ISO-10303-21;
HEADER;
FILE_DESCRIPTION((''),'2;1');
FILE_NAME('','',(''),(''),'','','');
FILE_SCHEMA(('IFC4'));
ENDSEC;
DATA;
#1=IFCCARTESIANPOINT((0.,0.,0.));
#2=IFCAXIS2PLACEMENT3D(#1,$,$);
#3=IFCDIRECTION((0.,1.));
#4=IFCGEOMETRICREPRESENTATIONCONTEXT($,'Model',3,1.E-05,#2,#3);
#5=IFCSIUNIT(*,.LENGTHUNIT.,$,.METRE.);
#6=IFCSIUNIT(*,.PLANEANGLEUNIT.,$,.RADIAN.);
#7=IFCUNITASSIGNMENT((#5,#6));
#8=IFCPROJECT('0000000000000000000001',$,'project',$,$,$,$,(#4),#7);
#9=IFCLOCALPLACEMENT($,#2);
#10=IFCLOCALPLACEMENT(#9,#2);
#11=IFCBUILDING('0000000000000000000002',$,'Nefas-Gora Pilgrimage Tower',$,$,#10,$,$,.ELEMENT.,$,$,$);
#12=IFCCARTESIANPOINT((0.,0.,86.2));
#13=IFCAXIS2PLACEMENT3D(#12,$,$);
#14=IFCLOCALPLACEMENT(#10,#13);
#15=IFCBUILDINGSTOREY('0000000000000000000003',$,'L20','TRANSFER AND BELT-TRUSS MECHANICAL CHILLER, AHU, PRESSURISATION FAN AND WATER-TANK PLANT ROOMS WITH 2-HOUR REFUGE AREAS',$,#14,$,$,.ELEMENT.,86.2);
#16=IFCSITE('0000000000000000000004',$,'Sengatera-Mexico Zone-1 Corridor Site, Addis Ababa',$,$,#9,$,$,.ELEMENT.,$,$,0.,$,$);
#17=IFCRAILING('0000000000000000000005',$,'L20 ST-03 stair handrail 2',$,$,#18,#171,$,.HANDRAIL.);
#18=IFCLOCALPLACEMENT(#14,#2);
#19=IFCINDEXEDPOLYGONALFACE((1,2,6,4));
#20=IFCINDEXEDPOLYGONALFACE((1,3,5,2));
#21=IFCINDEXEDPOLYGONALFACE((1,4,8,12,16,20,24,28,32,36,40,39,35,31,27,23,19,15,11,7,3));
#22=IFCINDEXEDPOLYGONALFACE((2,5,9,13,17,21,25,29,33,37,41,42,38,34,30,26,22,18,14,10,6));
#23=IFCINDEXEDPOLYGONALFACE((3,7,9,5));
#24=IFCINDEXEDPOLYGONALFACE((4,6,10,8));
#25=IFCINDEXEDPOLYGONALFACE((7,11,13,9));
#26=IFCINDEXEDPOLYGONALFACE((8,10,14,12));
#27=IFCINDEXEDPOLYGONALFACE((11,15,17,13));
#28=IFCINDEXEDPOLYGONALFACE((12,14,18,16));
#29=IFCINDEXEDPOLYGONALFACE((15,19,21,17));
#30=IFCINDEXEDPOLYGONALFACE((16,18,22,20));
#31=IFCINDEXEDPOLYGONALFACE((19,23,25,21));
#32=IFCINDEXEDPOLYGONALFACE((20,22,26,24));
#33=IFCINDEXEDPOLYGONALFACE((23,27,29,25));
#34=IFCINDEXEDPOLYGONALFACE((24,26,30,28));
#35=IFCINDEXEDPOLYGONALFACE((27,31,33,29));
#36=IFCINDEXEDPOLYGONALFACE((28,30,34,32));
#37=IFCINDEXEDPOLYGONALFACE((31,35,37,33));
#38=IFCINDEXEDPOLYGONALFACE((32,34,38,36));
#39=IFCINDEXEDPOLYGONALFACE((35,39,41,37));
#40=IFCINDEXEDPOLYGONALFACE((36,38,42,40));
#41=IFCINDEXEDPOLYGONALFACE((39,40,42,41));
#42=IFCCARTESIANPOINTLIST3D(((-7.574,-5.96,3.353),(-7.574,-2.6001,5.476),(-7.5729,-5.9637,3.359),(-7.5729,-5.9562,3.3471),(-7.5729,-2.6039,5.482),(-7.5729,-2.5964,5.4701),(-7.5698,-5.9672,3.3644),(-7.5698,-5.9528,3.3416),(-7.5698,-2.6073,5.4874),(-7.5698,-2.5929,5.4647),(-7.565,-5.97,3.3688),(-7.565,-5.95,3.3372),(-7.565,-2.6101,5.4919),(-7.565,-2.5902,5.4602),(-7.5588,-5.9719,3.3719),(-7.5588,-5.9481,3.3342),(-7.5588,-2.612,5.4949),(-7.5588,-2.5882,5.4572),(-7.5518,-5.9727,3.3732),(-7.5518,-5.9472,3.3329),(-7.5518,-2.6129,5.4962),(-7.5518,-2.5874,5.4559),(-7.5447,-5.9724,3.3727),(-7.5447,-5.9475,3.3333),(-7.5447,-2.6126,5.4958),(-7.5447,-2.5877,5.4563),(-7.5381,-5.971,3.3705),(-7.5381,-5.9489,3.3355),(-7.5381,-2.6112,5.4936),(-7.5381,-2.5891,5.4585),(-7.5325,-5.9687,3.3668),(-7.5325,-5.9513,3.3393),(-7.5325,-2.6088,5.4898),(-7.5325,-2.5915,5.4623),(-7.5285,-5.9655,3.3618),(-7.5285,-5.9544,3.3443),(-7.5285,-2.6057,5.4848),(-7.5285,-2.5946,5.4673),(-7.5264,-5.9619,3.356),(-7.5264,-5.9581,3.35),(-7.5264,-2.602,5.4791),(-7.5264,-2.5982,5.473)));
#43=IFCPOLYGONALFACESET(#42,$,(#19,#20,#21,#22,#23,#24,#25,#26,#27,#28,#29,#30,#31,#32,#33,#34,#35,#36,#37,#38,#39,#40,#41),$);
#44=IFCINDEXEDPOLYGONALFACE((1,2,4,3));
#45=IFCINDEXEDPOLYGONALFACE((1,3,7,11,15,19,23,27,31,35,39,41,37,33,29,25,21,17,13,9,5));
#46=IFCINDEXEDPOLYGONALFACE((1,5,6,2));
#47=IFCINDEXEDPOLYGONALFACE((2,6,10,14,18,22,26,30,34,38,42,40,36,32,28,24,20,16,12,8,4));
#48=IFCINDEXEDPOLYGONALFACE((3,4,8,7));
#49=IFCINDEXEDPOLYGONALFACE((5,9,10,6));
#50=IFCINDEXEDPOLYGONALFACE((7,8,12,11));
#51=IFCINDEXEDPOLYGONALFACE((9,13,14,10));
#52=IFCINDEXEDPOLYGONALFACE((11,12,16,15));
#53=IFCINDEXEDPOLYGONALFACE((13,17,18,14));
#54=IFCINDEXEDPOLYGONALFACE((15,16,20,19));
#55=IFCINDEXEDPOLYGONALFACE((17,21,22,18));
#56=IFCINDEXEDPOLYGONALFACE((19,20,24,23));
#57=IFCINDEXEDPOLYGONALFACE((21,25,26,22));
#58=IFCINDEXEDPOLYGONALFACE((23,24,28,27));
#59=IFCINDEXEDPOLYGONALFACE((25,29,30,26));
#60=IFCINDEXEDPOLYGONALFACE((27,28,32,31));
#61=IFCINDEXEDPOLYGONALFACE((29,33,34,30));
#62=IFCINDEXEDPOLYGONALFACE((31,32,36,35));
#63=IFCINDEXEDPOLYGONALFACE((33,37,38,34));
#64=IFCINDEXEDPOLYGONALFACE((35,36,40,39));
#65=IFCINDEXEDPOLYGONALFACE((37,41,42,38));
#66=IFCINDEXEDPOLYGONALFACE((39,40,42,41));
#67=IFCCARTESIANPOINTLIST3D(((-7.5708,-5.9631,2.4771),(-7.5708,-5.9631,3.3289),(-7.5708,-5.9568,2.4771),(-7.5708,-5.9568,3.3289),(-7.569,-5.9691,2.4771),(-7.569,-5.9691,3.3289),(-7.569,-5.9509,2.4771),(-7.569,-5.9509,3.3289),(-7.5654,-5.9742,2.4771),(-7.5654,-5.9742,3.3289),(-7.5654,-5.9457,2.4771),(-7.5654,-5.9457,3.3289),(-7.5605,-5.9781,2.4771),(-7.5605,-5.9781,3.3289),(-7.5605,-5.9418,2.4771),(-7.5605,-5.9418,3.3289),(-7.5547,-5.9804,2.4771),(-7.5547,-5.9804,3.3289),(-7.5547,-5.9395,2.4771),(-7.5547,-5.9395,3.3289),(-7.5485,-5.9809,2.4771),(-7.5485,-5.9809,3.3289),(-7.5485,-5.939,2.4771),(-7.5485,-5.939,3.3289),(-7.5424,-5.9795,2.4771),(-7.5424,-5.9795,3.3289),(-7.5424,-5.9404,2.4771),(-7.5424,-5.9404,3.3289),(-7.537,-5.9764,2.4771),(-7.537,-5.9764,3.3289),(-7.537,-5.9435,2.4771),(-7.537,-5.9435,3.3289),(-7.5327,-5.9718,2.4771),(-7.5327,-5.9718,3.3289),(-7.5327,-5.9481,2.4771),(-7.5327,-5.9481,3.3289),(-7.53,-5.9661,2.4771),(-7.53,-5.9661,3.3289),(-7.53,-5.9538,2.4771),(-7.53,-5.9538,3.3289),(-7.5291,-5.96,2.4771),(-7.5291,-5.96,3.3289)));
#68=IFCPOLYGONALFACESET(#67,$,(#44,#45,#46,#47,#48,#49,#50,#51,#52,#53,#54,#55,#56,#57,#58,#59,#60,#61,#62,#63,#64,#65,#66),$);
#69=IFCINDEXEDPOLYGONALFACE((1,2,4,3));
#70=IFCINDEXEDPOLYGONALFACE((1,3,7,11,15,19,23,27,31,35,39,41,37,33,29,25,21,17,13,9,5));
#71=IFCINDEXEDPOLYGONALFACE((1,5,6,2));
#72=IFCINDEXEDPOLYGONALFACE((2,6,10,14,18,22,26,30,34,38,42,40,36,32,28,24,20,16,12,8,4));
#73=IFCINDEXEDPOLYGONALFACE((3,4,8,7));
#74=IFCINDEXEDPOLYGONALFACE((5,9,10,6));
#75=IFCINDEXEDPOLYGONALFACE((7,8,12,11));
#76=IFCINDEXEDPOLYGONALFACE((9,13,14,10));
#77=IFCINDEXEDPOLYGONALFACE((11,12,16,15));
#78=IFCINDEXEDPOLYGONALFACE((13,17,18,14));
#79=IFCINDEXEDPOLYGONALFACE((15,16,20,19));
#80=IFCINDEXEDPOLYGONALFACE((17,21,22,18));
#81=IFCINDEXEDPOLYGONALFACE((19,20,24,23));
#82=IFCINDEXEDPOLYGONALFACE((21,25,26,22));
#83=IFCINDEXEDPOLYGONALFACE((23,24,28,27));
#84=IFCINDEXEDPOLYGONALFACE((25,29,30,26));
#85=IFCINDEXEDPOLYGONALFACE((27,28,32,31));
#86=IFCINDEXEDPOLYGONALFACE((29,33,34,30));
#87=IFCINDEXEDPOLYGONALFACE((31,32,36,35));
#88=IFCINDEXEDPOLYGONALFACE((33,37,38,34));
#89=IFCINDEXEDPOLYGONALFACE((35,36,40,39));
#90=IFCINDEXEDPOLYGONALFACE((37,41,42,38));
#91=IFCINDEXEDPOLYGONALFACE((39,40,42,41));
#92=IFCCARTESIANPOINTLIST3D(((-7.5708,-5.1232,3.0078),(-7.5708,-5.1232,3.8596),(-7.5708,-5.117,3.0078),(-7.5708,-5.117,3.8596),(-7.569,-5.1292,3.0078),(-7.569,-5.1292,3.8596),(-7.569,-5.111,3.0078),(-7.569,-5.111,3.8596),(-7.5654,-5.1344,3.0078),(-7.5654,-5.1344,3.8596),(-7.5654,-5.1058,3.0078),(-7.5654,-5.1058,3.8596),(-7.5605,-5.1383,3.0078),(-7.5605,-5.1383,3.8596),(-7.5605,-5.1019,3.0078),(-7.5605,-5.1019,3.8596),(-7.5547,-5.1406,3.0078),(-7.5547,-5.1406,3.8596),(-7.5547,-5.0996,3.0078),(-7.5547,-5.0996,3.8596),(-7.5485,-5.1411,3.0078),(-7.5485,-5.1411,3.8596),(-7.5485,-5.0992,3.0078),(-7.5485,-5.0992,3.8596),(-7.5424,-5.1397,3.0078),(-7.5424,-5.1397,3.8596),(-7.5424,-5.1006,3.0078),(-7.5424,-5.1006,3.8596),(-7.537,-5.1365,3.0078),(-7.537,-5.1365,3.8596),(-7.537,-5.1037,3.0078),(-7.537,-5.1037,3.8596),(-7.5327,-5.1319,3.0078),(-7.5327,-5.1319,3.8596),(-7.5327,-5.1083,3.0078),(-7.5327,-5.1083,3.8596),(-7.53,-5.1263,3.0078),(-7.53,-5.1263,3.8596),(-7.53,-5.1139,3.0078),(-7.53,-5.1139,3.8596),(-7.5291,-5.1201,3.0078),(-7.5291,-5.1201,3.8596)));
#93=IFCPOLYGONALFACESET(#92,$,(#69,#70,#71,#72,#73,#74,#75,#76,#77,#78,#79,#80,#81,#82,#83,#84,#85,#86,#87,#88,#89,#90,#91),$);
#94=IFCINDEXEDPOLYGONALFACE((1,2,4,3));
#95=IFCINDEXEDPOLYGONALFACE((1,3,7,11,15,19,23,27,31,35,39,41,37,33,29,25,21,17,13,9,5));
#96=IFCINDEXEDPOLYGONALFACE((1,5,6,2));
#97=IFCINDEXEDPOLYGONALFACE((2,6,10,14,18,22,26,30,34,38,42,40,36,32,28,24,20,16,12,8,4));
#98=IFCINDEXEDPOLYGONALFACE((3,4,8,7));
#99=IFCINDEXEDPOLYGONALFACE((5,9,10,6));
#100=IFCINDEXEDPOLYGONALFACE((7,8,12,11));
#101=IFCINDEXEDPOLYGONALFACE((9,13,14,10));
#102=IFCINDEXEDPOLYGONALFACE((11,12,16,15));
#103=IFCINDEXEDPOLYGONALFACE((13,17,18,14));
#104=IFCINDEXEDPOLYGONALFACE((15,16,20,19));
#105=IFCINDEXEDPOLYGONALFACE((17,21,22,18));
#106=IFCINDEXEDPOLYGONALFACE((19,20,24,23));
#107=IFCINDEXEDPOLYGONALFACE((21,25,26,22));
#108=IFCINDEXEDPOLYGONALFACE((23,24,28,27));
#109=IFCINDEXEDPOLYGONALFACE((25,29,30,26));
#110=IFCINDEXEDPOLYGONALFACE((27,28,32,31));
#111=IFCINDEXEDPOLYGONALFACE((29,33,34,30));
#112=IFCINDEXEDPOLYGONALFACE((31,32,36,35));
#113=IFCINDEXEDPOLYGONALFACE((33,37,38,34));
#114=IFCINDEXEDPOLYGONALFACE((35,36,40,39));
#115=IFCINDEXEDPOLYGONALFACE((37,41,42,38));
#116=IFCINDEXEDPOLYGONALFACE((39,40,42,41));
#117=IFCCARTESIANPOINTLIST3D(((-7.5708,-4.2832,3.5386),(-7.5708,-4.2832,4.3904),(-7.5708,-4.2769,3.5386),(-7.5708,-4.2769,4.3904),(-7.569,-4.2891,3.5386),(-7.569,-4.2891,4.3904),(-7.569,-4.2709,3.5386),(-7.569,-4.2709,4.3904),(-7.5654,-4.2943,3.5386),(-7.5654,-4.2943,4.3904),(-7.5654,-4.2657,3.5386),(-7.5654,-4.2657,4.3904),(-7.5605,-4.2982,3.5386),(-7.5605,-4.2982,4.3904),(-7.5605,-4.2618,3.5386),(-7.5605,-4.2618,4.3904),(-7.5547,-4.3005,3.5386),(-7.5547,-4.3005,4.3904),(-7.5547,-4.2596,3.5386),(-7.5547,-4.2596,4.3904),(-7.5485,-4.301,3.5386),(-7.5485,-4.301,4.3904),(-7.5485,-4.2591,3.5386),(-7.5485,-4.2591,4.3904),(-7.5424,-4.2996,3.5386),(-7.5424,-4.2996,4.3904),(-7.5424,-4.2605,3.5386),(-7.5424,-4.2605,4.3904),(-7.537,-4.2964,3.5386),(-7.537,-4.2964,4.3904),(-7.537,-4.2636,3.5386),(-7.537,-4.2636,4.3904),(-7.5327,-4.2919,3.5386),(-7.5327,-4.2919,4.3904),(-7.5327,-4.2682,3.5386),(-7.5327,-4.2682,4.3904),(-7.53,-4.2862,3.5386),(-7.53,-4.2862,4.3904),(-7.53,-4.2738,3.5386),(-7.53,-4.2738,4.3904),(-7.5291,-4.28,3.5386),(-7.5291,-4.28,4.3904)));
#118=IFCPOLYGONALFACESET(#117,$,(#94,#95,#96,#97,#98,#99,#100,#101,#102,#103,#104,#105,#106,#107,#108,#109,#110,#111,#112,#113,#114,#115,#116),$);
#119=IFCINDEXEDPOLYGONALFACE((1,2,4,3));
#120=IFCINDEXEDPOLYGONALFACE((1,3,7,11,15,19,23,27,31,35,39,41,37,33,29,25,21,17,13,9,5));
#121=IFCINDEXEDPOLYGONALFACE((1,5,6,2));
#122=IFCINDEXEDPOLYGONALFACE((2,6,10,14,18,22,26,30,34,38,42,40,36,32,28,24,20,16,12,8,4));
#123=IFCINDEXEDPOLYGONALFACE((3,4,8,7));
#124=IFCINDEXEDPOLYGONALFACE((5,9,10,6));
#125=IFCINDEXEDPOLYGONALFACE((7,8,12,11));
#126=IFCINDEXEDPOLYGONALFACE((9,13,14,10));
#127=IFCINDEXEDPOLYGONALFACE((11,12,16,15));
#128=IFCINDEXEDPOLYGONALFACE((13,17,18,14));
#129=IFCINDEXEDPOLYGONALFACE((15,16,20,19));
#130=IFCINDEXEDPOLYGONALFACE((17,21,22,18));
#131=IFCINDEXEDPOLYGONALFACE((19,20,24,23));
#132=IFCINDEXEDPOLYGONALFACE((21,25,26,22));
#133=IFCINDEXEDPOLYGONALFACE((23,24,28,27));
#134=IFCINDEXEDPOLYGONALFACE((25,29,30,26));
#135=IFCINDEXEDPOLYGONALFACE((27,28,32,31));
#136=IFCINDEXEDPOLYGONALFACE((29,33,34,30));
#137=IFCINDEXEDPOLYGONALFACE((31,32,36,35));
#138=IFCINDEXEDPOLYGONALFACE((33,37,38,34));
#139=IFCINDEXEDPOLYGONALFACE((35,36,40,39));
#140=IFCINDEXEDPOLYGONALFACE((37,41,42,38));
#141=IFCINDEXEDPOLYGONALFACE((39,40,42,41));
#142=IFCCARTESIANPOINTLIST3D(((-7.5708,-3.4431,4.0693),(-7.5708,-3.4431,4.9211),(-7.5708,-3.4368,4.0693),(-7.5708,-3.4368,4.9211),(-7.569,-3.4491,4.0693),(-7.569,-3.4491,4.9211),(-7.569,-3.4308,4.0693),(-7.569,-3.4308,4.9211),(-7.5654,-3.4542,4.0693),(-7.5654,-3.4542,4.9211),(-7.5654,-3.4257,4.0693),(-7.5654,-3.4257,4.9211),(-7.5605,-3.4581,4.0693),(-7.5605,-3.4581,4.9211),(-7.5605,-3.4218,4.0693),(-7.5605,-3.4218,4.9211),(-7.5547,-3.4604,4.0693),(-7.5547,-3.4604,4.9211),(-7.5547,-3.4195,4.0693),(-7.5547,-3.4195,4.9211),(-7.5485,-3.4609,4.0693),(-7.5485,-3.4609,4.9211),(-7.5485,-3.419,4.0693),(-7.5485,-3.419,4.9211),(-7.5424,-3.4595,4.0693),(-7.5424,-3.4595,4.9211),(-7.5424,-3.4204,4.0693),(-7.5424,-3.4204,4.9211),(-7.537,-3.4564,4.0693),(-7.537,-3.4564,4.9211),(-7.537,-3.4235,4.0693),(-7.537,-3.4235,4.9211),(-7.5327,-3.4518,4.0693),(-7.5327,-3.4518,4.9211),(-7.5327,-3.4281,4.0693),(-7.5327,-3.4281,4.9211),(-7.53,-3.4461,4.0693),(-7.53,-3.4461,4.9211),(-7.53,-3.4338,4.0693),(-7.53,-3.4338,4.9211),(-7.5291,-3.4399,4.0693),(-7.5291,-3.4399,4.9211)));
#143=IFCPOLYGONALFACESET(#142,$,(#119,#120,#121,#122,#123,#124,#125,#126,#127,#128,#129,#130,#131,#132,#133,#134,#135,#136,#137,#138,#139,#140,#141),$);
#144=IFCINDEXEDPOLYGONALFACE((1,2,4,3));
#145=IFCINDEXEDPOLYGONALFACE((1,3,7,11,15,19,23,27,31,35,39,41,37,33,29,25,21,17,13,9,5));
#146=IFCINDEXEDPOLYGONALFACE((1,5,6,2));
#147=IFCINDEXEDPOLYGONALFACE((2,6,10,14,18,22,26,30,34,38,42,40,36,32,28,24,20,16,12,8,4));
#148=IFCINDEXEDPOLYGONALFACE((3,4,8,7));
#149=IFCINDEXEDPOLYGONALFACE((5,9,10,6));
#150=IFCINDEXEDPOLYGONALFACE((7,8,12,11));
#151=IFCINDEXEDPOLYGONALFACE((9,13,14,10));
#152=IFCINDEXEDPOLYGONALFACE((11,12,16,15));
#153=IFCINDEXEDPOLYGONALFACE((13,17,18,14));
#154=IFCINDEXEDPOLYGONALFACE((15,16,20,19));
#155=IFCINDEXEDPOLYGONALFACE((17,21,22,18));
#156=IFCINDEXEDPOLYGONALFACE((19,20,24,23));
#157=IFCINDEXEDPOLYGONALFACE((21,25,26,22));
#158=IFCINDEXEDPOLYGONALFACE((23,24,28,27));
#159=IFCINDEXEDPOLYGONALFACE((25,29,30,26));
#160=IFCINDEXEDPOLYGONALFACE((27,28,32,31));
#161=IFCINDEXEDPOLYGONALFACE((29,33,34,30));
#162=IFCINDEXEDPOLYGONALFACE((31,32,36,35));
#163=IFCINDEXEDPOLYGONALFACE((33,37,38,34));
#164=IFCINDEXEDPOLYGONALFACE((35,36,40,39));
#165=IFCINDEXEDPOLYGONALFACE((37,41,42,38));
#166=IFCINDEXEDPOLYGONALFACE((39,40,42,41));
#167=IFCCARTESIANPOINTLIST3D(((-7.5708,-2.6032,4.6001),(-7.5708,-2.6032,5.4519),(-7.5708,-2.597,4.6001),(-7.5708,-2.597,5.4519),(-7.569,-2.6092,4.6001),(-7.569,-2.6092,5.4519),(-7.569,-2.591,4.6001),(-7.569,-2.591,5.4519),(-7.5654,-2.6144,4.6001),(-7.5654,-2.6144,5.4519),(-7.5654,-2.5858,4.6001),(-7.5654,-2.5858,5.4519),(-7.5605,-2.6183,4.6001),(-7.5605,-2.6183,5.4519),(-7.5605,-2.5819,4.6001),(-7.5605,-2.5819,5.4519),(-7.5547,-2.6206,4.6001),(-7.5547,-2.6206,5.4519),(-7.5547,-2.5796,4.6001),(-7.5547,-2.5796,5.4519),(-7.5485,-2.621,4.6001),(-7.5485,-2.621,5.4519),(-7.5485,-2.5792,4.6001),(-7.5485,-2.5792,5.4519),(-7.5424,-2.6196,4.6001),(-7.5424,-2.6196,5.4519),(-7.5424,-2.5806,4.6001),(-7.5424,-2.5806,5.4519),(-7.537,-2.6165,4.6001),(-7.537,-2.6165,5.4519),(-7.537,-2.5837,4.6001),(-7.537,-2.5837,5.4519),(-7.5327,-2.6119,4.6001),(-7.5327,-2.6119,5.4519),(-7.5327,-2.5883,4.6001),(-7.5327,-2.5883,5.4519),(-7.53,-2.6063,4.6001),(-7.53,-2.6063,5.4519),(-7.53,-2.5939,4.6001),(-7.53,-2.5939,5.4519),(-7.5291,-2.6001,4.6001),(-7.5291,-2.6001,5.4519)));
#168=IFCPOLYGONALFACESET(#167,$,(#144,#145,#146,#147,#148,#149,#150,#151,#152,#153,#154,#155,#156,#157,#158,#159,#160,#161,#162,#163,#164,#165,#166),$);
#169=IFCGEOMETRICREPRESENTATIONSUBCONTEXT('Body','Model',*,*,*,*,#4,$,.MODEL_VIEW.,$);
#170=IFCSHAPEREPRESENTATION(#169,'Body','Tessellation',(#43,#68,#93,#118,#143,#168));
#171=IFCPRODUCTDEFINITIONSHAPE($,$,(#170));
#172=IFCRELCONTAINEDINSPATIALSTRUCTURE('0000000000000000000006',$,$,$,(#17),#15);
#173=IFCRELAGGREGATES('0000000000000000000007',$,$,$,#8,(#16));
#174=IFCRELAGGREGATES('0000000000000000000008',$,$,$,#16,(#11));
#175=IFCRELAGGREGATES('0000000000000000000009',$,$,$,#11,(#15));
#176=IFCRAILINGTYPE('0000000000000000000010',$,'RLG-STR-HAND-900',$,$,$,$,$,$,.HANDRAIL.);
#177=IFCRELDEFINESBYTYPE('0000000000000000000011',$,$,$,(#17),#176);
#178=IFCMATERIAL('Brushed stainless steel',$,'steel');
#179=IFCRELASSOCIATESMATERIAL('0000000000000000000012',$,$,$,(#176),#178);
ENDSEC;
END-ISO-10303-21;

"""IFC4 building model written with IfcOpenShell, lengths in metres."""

from ifc_helpers import new_model, si_unit, direction, frame, origin, origin_2d, place, context, subcontext, project, spatial, circle, extrude, material, type_object, element, save


model = new_model("IFC4")

# Units and contexts
model_context = context("Model", 3, precision=1e-05, world=origin(), true_north=direction((0.0, 1.0)))
body_context = subcontext(model_context, "Body", "Model", "MODEL_VIEW")
ifc_project = project(units=[si_unit("LENGTHUNIT", "METRE"), si_unit("PLANEANGLEUNIT", "RADIAN")], contexts=[model_context])

# Site, building, storey
site_placement = place(None, origin())
site = spatial("IfcSite", under=ifc_project, at=site_placement, Name="Sengatera-Mexico Zone-1 Corridor Site, Addis Ababa", CompositionType="ELEMENT", RefElevation=0.0)
building_placement = place(site_placement, origin())
building = spatial("IfcBuilding", under=site, at=building_placement, Name="Nefas-Gora Pilgrimage Tower", CompositionType="ELEMENT")
storey_placement = place(building_placement, frame((0.0, 0.0, 86.2)))
storey = spatial("IfcBuildingStorey", under=building, at=storey_placement, Name="L20", Description="TRANSFER AND BELT-TRUSS MECHANICAL CHILLER, AHU, PRESSURISATION FAN AND WATER-TANK PLANT ROOMS WITH 2-HOUR REFUGE AREAS", CompositionType="ELEMENT", Elevation=86.2)

# Railing
ifc_material_1 = material(Name="Brushed stainless steel", Category="steel")
railing_type_1 = type_object("IfcRailingType", Name="RLG-STR-HAND-900", PredefinedType="HANDRAIL", material=ifc_material_1)
railing_1_placement = place(storey_placement, frame((-7.55, -5.96, 2.4771)))
element("IfcRailing", 1, at=railing_1_placement, inside=storey, type_object=railing_type_1, Name="L20 ST-03 stair handrail 2", PredefinedType="HANDRAIL", context=body_context, shape_type="SweptSolid", body=[
    extrude(circle(Radius=0.0239, at=origin_2d()), frame((0.0, 0.0, 0.876), z_axis=(0.0, 0.845372, 0.534178), x_axis=(-1.0, 0.0, 0.0)), (0.0, 0.0, 1.0), 3.9744),
    extrude(circle(Radius=0.021, at=origin_2d()), origin(), (0.0, 0.0, 1.0), 0.8518),
    extrude(circle(Radius=0.021, at=origin_2d()), frame((0.0, 0.8398, 0.5308)), (0.0, 0.0, 1.0), 0.8518),
    extrude(circle(Radius=0.021, at=origin_2d()), frame((0.0, 1.6799, 1.0615)), (0.0, 0.0, 1.0), 0.8518),
    extrude(circle(Radius=0.021, at=origin_2d()), frame((0.0, 2.52, 1.5923)), (0.0, 0.0, 1.0), 0.8518),
    extrude(circle(Radius=0.021, at=origin_2d()), frame((0.0, 3.3599, 2.123)), (0.0, 0.0, 1.0), 0.8518),
])

save(model, "model.ifc")
